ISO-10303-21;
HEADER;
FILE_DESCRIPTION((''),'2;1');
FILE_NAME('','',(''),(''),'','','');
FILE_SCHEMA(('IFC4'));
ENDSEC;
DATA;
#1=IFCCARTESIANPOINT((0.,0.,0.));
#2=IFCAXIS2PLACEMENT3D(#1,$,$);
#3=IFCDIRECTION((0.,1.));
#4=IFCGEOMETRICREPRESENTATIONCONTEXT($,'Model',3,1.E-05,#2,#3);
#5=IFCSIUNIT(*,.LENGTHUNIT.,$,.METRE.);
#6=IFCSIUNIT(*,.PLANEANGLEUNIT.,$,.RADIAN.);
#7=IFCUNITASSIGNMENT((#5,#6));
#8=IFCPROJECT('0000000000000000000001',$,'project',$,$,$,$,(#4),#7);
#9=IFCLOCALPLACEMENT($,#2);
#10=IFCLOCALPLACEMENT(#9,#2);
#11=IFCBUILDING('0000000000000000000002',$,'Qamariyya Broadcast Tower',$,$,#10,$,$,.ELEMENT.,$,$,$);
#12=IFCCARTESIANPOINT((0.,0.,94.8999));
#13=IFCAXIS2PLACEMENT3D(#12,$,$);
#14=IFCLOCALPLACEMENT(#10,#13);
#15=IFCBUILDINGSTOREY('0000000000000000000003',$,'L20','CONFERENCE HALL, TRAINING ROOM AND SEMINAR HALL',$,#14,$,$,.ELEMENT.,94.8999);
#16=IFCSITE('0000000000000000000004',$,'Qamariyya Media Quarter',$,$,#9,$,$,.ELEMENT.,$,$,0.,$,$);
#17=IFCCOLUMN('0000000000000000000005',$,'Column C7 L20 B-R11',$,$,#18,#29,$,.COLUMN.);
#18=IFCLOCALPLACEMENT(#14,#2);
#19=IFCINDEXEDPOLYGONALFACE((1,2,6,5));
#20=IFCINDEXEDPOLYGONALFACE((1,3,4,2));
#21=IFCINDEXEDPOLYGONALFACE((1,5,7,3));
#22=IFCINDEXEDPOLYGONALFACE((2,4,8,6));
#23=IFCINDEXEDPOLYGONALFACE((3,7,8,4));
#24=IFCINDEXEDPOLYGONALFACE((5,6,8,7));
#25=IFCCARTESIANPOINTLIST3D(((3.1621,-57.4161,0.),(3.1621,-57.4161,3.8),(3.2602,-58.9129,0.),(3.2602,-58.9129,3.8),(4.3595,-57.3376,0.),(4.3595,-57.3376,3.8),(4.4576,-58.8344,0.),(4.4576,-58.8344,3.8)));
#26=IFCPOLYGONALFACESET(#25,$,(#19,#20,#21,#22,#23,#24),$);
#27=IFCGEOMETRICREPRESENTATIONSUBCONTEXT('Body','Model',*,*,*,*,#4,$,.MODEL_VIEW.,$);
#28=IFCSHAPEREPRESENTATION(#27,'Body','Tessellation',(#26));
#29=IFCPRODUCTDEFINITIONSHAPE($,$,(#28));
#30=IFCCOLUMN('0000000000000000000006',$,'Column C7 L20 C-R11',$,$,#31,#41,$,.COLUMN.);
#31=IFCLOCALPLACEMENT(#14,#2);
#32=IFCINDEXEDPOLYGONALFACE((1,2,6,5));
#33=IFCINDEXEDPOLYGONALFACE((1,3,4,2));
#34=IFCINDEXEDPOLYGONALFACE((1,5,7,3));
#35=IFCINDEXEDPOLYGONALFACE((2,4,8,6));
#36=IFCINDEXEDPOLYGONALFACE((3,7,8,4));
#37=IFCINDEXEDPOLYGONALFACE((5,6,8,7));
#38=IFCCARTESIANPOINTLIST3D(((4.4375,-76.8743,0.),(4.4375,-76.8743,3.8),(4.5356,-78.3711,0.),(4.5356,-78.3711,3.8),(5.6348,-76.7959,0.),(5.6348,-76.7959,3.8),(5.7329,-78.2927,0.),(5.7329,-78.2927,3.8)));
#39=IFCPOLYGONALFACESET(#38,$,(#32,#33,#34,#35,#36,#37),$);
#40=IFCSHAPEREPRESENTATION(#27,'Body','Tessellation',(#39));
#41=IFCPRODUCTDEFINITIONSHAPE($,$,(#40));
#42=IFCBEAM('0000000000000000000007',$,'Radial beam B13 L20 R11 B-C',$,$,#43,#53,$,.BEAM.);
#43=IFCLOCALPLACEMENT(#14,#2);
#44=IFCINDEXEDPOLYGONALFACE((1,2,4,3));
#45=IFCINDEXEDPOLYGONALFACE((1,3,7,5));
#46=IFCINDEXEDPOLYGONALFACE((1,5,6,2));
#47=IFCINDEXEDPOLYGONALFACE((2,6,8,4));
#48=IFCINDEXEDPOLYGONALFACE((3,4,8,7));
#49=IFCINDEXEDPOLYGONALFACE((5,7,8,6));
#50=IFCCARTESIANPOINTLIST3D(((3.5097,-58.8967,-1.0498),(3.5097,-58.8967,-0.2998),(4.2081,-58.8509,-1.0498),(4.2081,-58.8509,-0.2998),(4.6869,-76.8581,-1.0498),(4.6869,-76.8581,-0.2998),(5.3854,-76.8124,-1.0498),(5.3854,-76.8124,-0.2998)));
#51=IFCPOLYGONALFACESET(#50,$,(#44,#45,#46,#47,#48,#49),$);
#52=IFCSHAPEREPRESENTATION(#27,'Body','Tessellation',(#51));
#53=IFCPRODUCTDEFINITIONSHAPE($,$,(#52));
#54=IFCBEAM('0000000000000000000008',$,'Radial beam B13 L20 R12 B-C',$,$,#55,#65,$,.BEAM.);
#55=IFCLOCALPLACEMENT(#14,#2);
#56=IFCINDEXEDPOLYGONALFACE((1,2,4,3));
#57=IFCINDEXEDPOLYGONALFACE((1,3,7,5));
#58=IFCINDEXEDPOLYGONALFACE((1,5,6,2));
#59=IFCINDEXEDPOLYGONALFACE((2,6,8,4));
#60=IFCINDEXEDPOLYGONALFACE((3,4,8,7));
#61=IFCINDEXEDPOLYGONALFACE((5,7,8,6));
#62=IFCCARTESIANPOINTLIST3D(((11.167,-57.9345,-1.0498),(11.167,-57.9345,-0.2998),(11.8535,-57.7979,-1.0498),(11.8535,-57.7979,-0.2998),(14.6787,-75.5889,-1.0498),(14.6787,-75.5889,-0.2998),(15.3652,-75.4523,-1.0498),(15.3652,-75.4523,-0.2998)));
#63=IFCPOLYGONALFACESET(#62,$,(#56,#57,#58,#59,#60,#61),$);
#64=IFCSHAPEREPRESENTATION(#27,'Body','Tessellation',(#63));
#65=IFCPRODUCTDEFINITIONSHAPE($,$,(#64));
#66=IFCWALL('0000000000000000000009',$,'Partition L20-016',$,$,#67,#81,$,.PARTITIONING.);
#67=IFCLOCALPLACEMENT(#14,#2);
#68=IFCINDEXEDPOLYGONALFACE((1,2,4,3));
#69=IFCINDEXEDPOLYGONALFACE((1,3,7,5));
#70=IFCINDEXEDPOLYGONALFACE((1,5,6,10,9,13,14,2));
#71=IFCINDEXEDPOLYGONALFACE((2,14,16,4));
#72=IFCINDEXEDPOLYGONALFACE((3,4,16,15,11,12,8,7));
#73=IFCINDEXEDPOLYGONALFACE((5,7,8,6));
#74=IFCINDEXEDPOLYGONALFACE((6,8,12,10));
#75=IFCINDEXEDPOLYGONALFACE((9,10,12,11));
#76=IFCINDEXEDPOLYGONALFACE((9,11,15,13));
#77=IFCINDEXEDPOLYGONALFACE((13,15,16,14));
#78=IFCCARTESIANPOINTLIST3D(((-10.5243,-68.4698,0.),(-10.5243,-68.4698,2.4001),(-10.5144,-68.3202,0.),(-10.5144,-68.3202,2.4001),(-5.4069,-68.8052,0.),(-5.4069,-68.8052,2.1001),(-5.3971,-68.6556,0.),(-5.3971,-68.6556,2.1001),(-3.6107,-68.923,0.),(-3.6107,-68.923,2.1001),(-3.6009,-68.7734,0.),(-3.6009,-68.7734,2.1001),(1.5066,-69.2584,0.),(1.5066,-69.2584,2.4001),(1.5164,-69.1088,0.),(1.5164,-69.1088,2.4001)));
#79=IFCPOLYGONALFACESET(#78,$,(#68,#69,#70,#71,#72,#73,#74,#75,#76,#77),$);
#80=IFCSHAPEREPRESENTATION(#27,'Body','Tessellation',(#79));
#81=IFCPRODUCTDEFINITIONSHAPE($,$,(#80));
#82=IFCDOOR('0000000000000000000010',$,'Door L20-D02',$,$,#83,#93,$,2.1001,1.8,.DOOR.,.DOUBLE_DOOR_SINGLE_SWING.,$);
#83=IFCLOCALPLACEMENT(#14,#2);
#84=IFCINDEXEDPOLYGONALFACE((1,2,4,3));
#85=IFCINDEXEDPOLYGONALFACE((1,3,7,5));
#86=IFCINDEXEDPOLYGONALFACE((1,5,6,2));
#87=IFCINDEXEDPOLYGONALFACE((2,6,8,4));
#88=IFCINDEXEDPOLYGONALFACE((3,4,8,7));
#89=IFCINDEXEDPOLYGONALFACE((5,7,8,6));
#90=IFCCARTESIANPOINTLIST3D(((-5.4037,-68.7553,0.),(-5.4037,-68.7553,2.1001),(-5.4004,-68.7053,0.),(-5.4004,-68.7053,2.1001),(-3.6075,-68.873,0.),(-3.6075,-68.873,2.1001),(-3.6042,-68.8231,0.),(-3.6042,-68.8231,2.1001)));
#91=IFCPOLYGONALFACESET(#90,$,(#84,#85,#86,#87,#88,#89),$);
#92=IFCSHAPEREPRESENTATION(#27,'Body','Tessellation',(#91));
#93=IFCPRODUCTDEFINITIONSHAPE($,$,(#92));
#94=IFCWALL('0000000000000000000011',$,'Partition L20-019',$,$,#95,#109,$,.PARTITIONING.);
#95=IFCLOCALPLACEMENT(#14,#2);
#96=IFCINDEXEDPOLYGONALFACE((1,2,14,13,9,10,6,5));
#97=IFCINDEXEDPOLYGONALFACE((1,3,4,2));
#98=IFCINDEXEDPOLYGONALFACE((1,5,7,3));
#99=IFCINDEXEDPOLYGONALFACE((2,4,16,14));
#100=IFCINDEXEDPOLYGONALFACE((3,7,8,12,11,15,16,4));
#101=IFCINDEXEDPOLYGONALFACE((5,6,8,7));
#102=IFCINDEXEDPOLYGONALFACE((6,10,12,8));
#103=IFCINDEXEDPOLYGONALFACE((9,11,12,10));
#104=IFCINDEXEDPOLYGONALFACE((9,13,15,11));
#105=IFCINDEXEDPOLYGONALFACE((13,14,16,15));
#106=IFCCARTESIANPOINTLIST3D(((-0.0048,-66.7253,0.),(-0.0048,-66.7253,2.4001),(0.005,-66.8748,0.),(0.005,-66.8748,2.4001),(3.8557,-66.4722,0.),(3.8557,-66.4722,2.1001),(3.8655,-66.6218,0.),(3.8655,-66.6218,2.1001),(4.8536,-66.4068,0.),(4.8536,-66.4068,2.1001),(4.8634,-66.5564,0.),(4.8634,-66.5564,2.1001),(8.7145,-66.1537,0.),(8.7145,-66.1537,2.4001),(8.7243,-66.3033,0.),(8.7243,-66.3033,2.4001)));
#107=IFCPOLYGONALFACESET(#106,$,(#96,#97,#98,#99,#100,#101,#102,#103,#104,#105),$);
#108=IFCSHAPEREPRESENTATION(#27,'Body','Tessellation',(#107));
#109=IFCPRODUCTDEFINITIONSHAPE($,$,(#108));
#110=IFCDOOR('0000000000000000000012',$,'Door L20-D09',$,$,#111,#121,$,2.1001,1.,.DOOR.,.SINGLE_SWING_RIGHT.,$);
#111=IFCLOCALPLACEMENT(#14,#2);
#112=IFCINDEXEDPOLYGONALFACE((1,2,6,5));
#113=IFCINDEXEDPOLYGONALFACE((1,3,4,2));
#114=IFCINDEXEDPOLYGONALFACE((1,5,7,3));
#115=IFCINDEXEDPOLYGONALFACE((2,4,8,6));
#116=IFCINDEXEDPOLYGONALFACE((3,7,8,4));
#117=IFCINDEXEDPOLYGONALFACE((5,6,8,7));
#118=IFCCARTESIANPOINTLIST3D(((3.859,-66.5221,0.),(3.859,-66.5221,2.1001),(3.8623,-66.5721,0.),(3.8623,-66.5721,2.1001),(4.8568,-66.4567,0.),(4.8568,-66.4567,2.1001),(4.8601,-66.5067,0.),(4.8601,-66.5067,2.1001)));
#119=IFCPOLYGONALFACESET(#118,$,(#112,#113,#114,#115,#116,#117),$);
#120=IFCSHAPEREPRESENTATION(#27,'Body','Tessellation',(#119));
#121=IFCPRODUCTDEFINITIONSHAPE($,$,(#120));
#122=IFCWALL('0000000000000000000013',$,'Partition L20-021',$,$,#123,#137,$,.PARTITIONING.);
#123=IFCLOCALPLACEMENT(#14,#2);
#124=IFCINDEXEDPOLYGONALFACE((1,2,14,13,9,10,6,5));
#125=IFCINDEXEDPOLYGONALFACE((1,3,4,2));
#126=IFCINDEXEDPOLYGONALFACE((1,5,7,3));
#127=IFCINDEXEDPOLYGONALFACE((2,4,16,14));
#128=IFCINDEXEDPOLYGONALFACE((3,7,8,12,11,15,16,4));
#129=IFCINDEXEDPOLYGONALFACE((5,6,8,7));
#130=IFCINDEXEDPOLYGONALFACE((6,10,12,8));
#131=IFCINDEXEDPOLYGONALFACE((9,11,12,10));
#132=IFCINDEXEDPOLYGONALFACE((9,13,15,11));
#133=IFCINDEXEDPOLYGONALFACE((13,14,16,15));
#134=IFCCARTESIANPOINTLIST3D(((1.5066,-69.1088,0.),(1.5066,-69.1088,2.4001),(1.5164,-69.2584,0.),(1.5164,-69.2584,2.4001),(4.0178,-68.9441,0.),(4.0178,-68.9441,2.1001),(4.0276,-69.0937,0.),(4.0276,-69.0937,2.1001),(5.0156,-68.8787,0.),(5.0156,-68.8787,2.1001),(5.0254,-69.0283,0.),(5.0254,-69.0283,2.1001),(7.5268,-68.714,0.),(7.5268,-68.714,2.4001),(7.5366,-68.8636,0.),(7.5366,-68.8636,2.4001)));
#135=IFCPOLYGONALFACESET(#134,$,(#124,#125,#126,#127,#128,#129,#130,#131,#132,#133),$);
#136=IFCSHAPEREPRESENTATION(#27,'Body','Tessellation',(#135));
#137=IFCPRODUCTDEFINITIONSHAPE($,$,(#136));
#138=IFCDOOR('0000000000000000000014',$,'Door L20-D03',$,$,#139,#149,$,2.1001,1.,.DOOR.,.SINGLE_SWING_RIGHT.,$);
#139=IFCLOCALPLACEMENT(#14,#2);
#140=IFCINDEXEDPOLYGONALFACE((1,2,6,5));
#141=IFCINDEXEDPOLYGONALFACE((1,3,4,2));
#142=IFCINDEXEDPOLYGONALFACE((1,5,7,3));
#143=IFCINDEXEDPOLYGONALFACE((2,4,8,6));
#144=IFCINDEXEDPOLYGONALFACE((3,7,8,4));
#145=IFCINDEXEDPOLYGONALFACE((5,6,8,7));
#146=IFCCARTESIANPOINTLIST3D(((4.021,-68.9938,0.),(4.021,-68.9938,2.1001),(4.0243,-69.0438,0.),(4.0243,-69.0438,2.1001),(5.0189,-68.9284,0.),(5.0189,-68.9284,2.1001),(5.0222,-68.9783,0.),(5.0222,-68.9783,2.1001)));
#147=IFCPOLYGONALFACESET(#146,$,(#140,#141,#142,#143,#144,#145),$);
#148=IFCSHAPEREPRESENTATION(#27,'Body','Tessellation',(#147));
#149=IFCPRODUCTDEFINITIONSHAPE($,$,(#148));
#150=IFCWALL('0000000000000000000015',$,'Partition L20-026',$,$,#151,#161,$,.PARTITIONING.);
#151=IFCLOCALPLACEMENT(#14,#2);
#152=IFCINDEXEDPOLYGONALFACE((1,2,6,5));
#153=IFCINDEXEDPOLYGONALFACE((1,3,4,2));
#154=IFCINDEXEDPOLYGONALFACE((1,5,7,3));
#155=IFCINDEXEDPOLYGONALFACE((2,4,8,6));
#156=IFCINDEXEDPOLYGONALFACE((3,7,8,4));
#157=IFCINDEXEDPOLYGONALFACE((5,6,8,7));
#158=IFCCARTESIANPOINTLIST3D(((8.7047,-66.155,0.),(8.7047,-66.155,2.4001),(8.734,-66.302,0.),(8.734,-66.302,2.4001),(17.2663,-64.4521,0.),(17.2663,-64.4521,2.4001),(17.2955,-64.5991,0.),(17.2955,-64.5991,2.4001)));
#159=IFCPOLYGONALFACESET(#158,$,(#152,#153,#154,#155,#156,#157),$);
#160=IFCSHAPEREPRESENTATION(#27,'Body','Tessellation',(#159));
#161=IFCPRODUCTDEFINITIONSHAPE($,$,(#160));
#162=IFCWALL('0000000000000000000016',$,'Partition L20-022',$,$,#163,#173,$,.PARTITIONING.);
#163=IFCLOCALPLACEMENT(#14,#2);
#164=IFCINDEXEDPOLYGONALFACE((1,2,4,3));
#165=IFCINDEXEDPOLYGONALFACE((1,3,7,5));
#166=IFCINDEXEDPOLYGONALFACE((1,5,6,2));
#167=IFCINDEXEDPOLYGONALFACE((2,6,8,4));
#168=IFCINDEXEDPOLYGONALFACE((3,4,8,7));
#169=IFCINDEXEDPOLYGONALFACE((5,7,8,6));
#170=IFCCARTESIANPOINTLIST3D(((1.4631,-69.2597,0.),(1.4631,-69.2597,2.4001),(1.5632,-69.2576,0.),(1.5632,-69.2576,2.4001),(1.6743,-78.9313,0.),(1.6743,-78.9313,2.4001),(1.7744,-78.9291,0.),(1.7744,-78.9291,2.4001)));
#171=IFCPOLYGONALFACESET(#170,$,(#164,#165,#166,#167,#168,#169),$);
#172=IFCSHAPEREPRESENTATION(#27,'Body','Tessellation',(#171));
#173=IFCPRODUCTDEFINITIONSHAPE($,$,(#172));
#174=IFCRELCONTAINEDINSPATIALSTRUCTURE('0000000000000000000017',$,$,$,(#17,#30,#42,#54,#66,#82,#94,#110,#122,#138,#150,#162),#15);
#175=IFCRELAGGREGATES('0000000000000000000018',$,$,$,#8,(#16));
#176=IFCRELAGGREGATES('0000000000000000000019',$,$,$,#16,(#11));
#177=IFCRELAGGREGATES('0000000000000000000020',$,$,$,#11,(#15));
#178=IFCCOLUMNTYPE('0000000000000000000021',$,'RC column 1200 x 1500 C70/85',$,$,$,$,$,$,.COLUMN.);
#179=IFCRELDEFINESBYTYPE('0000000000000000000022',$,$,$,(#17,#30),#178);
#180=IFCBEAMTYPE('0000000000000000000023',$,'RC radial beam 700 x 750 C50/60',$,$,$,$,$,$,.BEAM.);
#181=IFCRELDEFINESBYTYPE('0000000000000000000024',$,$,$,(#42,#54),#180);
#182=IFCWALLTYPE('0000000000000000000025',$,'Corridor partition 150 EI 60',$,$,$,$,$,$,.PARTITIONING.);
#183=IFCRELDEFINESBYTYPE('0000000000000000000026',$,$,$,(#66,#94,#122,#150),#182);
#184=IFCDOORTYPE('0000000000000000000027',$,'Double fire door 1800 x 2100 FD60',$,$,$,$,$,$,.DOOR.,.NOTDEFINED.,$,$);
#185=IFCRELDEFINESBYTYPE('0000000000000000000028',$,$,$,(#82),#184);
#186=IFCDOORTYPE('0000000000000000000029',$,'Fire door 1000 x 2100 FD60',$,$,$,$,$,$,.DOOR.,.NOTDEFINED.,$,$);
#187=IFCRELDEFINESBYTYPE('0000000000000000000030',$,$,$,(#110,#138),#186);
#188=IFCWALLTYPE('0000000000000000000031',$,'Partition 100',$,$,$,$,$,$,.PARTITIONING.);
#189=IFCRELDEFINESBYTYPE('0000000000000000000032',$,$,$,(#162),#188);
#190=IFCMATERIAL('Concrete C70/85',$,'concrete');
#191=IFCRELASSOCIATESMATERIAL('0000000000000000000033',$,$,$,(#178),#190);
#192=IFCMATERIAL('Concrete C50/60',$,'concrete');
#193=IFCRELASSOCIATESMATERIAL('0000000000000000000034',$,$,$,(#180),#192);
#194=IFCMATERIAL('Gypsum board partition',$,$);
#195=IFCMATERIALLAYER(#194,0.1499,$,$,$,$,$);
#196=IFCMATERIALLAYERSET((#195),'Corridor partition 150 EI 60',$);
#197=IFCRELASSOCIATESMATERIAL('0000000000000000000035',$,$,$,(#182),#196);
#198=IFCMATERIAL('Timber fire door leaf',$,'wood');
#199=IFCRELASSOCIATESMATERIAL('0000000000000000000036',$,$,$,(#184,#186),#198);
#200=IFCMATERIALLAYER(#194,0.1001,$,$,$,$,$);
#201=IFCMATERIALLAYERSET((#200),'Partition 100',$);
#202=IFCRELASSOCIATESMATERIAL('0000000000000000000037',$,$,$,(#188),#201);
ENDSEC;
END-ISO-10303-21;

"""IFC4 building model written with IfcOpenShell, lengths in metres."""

from ifc_helpers import new_model, si_unit, direction, frame, frame_2d, origin, origin_2d, place, context, subcontext, project, spatial, rectangle, extrude, material, layer, layer_set, material_profile, profile_set, type_object, element, fill, save


model = new_model("IFC4")

# Units and contexts
model_context = context("Model", 3, precision=1e-05, world=origin(), true_north=direction((0.0, 1.0)))
body_context = subcontext(model_context, "Body", "Model", "MODEL_VIEW")
ifc_project = project(units=[si_unit("LENGTHUNIT", "METRE"), si_unit("PLANEANGLEUNIT", "RADIAN")], contexts=[model_context])

# Site, building, storey
site_placement = place(None, origin())
site = spatial("IfcSite", under=ifc_project, at=site_placement, Name="Qamariyya Media Quarter", CompositionType="ELEMENT", RefElevation=0.0)
building_placement = place(site_placement, origin())
building = spatial("IfcBuilding", under=site, at=building_placement, Name="Qamariyya Broadcast Tower", CompositionType="ELEMENT")
storey_placement = place(building_placement, frame((0.0, 0.0, 94.8999)))
storey = spatial("IfcBuildingStorey", under=building, at=storey_placement, Name="L20", Description="CONFERENCE HALL, TRAINING ROOM AND SEMINAR HALL", CompositionType="ELEMENT", Elevation=94.8999)

# Columns
ifc_material_1 = material(Name="Concrete C70/85", Category="concrete")
ifc_material_profile_1 = material_profile(ifc_material_1, rectangle(XDim=1.2, YDim=1.5, at=origin_2d()))
ifc_profile_set_1 = profile_set([ifc_material_profile_1], Name="Concrete C70/85")
column_type = type_object("IfcColumnType", Name="RC column 1200 x 1500 C70/85", PredefinedType="COLUMN", material=ifc_profile_set_1)
for number, where, z_axis, x_axis, name in (
    (1, (3.8098, -58.1252, 0.0), (0.0, 0.0, 1.0), (0.997859, 0.065403, 0.0), "Column C7 L20 B-R11"),
    (2, (5.0852, -77.5835, 0.0), (0.0, 0.0, 1.0), (0.997859, 0.065403, 0.0), "Column C7 L20 C-R11"),
):
    element("IfcColumn", number, at=place(storey_placement, frame(where, z_axis=z_axis, x_axis=x_axis)), inside=storey, type_object=column_type, Name=name, PredefinedType="COLUMN", context=body_context, shape_type="SweptSolid", body=[
        extrude(rectangle(XDim=1.2, YDim=1.5, at=origin_2d()), origin(), (0.0, 0.0, 1.0), 3.8),
    ])

# Beams
ifc_material_2 = material(Name="Concrete C50/60", Category="concrete")
ifc_material_profile_2 = material_profile(ifc_material_2, rectangle(XDim=0.7, YDim=0.75, at=origin_2d()))
ifc_profile_set_2 = profile_set([ifc_material_profile_2], Name="Concrete C50/60")
beam_type = type_object("IfcBeamType", Name="RC radial beam 700 x 750 C50/60", PredefinedType="BEAM", material=ifc_profile_set_2)
beam_1_placement = place(storey_placement, frame((3.8589, -58.8738, -0.6748), z_axis=(0.065403, -0.997859, 0.0), x_axis=(0.997859, 0.065403, 0.0)))
element("IfcBeam", 3, at=beam_1_placement, inside=storey, type_object=beam_type, Name="Radial beam B13 L20 R11 B-C", PredefinedType="BEAM", context=body_context, shape_type="SweptSolid", body=[
    extrude(rectangle(XDim=0.7, YDim=0.75, at=origin_2d()), origin(), (0.0, 0.0, 1.0), 18.0),
])
beam_2_placement = place(storey_placement, frame((11.5103, -57.8662, -0.6748), z_axis=(0.195094, -0.980785, 0.0), x_axis=(0.980785, 0.195094, 0.0)))
element("IfcBeam", 4, at=beam_2_placement, inside=storey, type_object=beam_type, Name="Radial beam B13 L20 R12 B-C", PredefinedType="BEAM", context=body_context, shape_type="SweptSolid", body=[
    extrude(rectangle(XDim=0.7, YDim=0.75, at=origin_2d()), origin(), (0.0, 0.0, 1.0), 18.0002),
])

# Walls, openings, doors
ifc_material_3 = material(Name="Gypsum board partition")
ifc_layer_1 = layer(ifc_material_3, 0.1499)
ifc_layer_set_1 = layer_set([ifc_layer_1], Name="Corridor partition 150 EI 60")
wall_type_1 = type_object("IfcWallType", Name="Corridor partition 150 EI 60", PredefinedType="PARTITIONING", material=ifc_layer_set_1)
wall_1_placement = place(storey_placement, frame((1.5115, -69.1836, 0.0), z_axis=(0.0, 0.0, 1.0), x_axis=(-0.997859, 0.065406, 0.0)))
wall_1 = element("IfcWall", 5, at=wall_1_placement, inside=storey, type_object=wall_type_1, Name="Partition L20-016", PredefinedType="PARTITIONING", context=body_context, shape_type="SweptSolid", body=[
    extrude(rectangle(XDim=12.0566, YDim=0.1499, at=frame_2d((6.0283, 0.0))), origin(), (0.0, 0.0, 1.0), 2.4001),
])
opening_1_placement = place(wall_1_placement, frame((5.1284, 0.0, 0.0)))
opening_1 = element("IfcOpeningElement", 6, at=opening_1_placement, cuts=wall_1, PredefinedType="OPENING", context=body_context, shape_type="SweptSolid", body=[
    extrude(rectangle(XDim=1.8, YDim=2.1001, at=frame_2d((0.8999, 1.05))), frame((0.0, 0.085, 0.0), z_axis=(0.0, -1.0, 0.0), x_axis=(1.0, 0.0, 0.0)), (0.0, 0.0, 1.0), 0.1699),
])
ifc_material_4 = material(Name="Timber fire door leaf", Category="wood")
door_type_1 = type_object("IfcDoorType", Name="Double fire door 1800 x 2100 FD60", OperationType="NOTDEFINED", PredefinedType="DOOR", material=ifc_material_4)
door_1_placement = place(opening_1_placement, origin())
door_1 = element("IfcDoor", 7, at=door_1_placement, inside=storey, type_object=door_type_1, Name="Door L20-D02", OperationType="DOUBLE_DOOR_SINGLE_SWING", OverallHeight=2.1001, OverallWidth=1.8, PredefinedType="DOOR", context=body_context, shape_type="SweptSolid", body=[
    extrude(rectangle(XDim=1.8, YDim=2.1001, at=frame_2d((0.8999, 1.05))), frame((0.0, 0.0249, 0.0), z_axis=(0.0, -1.0, 0.0), x_axis=(1.0, 0.0, 0.0)), (0.0, 0.0, 1.0), 0.05),
])
fill(opening_1, door_1)
wall_2_placement = place(storey_placement, frame((0.0, -66.8, 0.0), z_axis=(0.0, 0.0, 1.0), x_axis=(0.997859, 0.065408, 0.0)))
wall_2 = element("IfcWall", 8, at=wall_2_placement, inside=storey, type_object=wall_type_1, Name="Partition L20-019", PredefinedType="PARTITIONING", context=body_context, shape_type="SweptSolid", body=[
    extrude(rectangle(XDim=8.738, YDim=0.1499, at=frame_2d((4.3691, 0.0))), origin(), (0.0, 0.0, 1.0), 2.4001),
])
opening_2_placement = place(wall_2_placement, frame((3.8689, 0.0, 0.0)))
opening_2 = element("IfcOpeningElement", 9, at=opening_2_placement, cuts=wall_2, PredefinedType="OPENING", context=body_context, shape_type="SweptSolid", body=[
    extrude(rectangle(XDim=1.0, YDim=2.1001, at=frame_2d((0.5, 1.05))), frame((0.0, 0.085, 0.0), z_axis=(0.0, -1.0, 0.0), x_axis=(1.0, 0.0, 0.0)), (0.0, 0.0, 1.0), 0.1699),
])
door_type_2 = type_object("IfcDoorType", Name="Fire door 1000 x 2100 FD60", OperationType="NOTDEFINED", PredefinedType="DOOR", material=ifc_material_4)
door_2_placement = place(opening_2_placement, origin())
door_2 = element("IfcDoor", 10, at=door_2_placement, inside=storey, type_object=door_type_2, Name="Door L20-D09", OperationType="SINGLE_SWING_RIGHT", OverallHeight=2.1001, OverallWidth=1.0, PredefinedType="DOOR", context=body_context, shape_type="SweptSolid", body=[
    extrude(rectangle(XDim=1.0, YDim=2.1001, at=frame_2d((0.5, 1.05))), frame((0.0, 0.0249, 0.0), z_axis=(0.0, -1.0, 0.0), x_axis=(1.0, 0.0, 0.0)), (0.0, 0.0, 1.0), 0.05),
])
fill(opening_2, door_2)
wall_3_placement = place(storey_placement, frame((7.5317, -68.7888, 0.0), z_axis=(0.0, 0.0, 1.0), x_axis=(-0.997857, -0.065434, 0.0)))
wall_3 = element("IfcWall", 11, at=wall_3_placement, inside=storey, type_object=wall_type_1, Name="Partition L20-021", PredefinedType="PARTITIONING", context=body_context, shape_type="SweptSolid", body=[
    extrude(rectangle(XDim=6.0332, YDim=0.1499, at=frame_2d((3.0166, 0.0))), origin(), (0.0, 0.0, 1.0), 2.4001),
])
opening_3_placement = place(wall_3_placement, frame((2.5166, 0.0, 0.0)))
opening_3 = element("IfcOpeningElement", 12, at=opening_3_placement, cuts=wall_3, PredefinedType="OPENING", context=body_context, shape_type="SweptSolid", body=[
    extrude(rectangle(XDim=1.0, YDim=2.1001, at=frame_2d((0.5, 1.05))), frame((0.0, 0.085, 0.0), z_axis=(0.0, -1.0, 0.0), x_axis=(1.0, 0.0, 0.0)), (0.0, 0.0, 1.0), 0.1699),
])
door_3_placement = place(opening_3_placement, origin())
door_3 = element("IfcDoor", 13, at=door_3_placement, inside=storey, type_object=door_type_2, Name="Door L20-D03", OperationType="SINGLE_SWING_RIGHT", OverallHeight=2.1001, OverallWidth=1.0, PredefinedType="DOOR", context=body_context, shape_type="SweptSolid", body=[
    extrude(rectangle(XDim=1.0, YDim=2.1001, at=frame_2d((0.5, 1.05))), frame((0.0, 0.0249, 0.0), z_axis=(0.0, -1.0, 0.0), x_axis=(1.0, 0.0, 0.0)), (0.0, 0.0, 1.0), 0.05),
])
fill(opening_3, door_3)

# Walls
wall_4_placement = place(storey_placement, frame((8.7192, -66.2285, 0.0), z_axis=(0.0, 0.0, 1.0), x_axis=(0.980788, 0.195078, 0.0)))
element("IfcWall", 14, at=wall_4_placement, inside=storey, type_object=wall_type_1, Name="Partition L20-026", PredefinedType="PARTITIONING", context=body_context, shape_type="SweptSolid", body=[
    extrude(rectangle(XDim=8.7292, YDim=0.1499, at=frame_2d((4.3647, 0.0))), origin(), (0.0, 0.0, 1.0), 2.4001),
])
ifc_layer_2 = layer(ifc_material_3, 0.1001)
ifc_layer_set_2 = layer_set([ifc_layer_2], Name="Partition 100")
wall_type_2 = type_object("IfcWallType", Name="Partition 100", PredefinedType="PARTITIONING", material=ifc_layer_set_2)
for number, where, z_axis, x_axis, name in (
    (15, (1.7244, -78.9302, 0.0), (0.0, 0.0, 1.0), (-0.02183, 0.999762, 0.0), "Partition L20-022"),
):
    element("IfcWall", number, at=place(storey_placement, frame(where, z_axis=z_axis, x_axis=x_axis)), inside=storey, type_object=wall_type_2, Name=name, PredefinedType="PARTITIONING", context=body_context, shape_type="SweptSolid", body=[
        extrude(rectangle(XDim=9.6738, YDim=0.1001, at=frame_2d((4.8369, 0.0))), origin(), (0.0, 0.0, 1.0), 2.4001),
    ])

save(model, "model.ifc")
